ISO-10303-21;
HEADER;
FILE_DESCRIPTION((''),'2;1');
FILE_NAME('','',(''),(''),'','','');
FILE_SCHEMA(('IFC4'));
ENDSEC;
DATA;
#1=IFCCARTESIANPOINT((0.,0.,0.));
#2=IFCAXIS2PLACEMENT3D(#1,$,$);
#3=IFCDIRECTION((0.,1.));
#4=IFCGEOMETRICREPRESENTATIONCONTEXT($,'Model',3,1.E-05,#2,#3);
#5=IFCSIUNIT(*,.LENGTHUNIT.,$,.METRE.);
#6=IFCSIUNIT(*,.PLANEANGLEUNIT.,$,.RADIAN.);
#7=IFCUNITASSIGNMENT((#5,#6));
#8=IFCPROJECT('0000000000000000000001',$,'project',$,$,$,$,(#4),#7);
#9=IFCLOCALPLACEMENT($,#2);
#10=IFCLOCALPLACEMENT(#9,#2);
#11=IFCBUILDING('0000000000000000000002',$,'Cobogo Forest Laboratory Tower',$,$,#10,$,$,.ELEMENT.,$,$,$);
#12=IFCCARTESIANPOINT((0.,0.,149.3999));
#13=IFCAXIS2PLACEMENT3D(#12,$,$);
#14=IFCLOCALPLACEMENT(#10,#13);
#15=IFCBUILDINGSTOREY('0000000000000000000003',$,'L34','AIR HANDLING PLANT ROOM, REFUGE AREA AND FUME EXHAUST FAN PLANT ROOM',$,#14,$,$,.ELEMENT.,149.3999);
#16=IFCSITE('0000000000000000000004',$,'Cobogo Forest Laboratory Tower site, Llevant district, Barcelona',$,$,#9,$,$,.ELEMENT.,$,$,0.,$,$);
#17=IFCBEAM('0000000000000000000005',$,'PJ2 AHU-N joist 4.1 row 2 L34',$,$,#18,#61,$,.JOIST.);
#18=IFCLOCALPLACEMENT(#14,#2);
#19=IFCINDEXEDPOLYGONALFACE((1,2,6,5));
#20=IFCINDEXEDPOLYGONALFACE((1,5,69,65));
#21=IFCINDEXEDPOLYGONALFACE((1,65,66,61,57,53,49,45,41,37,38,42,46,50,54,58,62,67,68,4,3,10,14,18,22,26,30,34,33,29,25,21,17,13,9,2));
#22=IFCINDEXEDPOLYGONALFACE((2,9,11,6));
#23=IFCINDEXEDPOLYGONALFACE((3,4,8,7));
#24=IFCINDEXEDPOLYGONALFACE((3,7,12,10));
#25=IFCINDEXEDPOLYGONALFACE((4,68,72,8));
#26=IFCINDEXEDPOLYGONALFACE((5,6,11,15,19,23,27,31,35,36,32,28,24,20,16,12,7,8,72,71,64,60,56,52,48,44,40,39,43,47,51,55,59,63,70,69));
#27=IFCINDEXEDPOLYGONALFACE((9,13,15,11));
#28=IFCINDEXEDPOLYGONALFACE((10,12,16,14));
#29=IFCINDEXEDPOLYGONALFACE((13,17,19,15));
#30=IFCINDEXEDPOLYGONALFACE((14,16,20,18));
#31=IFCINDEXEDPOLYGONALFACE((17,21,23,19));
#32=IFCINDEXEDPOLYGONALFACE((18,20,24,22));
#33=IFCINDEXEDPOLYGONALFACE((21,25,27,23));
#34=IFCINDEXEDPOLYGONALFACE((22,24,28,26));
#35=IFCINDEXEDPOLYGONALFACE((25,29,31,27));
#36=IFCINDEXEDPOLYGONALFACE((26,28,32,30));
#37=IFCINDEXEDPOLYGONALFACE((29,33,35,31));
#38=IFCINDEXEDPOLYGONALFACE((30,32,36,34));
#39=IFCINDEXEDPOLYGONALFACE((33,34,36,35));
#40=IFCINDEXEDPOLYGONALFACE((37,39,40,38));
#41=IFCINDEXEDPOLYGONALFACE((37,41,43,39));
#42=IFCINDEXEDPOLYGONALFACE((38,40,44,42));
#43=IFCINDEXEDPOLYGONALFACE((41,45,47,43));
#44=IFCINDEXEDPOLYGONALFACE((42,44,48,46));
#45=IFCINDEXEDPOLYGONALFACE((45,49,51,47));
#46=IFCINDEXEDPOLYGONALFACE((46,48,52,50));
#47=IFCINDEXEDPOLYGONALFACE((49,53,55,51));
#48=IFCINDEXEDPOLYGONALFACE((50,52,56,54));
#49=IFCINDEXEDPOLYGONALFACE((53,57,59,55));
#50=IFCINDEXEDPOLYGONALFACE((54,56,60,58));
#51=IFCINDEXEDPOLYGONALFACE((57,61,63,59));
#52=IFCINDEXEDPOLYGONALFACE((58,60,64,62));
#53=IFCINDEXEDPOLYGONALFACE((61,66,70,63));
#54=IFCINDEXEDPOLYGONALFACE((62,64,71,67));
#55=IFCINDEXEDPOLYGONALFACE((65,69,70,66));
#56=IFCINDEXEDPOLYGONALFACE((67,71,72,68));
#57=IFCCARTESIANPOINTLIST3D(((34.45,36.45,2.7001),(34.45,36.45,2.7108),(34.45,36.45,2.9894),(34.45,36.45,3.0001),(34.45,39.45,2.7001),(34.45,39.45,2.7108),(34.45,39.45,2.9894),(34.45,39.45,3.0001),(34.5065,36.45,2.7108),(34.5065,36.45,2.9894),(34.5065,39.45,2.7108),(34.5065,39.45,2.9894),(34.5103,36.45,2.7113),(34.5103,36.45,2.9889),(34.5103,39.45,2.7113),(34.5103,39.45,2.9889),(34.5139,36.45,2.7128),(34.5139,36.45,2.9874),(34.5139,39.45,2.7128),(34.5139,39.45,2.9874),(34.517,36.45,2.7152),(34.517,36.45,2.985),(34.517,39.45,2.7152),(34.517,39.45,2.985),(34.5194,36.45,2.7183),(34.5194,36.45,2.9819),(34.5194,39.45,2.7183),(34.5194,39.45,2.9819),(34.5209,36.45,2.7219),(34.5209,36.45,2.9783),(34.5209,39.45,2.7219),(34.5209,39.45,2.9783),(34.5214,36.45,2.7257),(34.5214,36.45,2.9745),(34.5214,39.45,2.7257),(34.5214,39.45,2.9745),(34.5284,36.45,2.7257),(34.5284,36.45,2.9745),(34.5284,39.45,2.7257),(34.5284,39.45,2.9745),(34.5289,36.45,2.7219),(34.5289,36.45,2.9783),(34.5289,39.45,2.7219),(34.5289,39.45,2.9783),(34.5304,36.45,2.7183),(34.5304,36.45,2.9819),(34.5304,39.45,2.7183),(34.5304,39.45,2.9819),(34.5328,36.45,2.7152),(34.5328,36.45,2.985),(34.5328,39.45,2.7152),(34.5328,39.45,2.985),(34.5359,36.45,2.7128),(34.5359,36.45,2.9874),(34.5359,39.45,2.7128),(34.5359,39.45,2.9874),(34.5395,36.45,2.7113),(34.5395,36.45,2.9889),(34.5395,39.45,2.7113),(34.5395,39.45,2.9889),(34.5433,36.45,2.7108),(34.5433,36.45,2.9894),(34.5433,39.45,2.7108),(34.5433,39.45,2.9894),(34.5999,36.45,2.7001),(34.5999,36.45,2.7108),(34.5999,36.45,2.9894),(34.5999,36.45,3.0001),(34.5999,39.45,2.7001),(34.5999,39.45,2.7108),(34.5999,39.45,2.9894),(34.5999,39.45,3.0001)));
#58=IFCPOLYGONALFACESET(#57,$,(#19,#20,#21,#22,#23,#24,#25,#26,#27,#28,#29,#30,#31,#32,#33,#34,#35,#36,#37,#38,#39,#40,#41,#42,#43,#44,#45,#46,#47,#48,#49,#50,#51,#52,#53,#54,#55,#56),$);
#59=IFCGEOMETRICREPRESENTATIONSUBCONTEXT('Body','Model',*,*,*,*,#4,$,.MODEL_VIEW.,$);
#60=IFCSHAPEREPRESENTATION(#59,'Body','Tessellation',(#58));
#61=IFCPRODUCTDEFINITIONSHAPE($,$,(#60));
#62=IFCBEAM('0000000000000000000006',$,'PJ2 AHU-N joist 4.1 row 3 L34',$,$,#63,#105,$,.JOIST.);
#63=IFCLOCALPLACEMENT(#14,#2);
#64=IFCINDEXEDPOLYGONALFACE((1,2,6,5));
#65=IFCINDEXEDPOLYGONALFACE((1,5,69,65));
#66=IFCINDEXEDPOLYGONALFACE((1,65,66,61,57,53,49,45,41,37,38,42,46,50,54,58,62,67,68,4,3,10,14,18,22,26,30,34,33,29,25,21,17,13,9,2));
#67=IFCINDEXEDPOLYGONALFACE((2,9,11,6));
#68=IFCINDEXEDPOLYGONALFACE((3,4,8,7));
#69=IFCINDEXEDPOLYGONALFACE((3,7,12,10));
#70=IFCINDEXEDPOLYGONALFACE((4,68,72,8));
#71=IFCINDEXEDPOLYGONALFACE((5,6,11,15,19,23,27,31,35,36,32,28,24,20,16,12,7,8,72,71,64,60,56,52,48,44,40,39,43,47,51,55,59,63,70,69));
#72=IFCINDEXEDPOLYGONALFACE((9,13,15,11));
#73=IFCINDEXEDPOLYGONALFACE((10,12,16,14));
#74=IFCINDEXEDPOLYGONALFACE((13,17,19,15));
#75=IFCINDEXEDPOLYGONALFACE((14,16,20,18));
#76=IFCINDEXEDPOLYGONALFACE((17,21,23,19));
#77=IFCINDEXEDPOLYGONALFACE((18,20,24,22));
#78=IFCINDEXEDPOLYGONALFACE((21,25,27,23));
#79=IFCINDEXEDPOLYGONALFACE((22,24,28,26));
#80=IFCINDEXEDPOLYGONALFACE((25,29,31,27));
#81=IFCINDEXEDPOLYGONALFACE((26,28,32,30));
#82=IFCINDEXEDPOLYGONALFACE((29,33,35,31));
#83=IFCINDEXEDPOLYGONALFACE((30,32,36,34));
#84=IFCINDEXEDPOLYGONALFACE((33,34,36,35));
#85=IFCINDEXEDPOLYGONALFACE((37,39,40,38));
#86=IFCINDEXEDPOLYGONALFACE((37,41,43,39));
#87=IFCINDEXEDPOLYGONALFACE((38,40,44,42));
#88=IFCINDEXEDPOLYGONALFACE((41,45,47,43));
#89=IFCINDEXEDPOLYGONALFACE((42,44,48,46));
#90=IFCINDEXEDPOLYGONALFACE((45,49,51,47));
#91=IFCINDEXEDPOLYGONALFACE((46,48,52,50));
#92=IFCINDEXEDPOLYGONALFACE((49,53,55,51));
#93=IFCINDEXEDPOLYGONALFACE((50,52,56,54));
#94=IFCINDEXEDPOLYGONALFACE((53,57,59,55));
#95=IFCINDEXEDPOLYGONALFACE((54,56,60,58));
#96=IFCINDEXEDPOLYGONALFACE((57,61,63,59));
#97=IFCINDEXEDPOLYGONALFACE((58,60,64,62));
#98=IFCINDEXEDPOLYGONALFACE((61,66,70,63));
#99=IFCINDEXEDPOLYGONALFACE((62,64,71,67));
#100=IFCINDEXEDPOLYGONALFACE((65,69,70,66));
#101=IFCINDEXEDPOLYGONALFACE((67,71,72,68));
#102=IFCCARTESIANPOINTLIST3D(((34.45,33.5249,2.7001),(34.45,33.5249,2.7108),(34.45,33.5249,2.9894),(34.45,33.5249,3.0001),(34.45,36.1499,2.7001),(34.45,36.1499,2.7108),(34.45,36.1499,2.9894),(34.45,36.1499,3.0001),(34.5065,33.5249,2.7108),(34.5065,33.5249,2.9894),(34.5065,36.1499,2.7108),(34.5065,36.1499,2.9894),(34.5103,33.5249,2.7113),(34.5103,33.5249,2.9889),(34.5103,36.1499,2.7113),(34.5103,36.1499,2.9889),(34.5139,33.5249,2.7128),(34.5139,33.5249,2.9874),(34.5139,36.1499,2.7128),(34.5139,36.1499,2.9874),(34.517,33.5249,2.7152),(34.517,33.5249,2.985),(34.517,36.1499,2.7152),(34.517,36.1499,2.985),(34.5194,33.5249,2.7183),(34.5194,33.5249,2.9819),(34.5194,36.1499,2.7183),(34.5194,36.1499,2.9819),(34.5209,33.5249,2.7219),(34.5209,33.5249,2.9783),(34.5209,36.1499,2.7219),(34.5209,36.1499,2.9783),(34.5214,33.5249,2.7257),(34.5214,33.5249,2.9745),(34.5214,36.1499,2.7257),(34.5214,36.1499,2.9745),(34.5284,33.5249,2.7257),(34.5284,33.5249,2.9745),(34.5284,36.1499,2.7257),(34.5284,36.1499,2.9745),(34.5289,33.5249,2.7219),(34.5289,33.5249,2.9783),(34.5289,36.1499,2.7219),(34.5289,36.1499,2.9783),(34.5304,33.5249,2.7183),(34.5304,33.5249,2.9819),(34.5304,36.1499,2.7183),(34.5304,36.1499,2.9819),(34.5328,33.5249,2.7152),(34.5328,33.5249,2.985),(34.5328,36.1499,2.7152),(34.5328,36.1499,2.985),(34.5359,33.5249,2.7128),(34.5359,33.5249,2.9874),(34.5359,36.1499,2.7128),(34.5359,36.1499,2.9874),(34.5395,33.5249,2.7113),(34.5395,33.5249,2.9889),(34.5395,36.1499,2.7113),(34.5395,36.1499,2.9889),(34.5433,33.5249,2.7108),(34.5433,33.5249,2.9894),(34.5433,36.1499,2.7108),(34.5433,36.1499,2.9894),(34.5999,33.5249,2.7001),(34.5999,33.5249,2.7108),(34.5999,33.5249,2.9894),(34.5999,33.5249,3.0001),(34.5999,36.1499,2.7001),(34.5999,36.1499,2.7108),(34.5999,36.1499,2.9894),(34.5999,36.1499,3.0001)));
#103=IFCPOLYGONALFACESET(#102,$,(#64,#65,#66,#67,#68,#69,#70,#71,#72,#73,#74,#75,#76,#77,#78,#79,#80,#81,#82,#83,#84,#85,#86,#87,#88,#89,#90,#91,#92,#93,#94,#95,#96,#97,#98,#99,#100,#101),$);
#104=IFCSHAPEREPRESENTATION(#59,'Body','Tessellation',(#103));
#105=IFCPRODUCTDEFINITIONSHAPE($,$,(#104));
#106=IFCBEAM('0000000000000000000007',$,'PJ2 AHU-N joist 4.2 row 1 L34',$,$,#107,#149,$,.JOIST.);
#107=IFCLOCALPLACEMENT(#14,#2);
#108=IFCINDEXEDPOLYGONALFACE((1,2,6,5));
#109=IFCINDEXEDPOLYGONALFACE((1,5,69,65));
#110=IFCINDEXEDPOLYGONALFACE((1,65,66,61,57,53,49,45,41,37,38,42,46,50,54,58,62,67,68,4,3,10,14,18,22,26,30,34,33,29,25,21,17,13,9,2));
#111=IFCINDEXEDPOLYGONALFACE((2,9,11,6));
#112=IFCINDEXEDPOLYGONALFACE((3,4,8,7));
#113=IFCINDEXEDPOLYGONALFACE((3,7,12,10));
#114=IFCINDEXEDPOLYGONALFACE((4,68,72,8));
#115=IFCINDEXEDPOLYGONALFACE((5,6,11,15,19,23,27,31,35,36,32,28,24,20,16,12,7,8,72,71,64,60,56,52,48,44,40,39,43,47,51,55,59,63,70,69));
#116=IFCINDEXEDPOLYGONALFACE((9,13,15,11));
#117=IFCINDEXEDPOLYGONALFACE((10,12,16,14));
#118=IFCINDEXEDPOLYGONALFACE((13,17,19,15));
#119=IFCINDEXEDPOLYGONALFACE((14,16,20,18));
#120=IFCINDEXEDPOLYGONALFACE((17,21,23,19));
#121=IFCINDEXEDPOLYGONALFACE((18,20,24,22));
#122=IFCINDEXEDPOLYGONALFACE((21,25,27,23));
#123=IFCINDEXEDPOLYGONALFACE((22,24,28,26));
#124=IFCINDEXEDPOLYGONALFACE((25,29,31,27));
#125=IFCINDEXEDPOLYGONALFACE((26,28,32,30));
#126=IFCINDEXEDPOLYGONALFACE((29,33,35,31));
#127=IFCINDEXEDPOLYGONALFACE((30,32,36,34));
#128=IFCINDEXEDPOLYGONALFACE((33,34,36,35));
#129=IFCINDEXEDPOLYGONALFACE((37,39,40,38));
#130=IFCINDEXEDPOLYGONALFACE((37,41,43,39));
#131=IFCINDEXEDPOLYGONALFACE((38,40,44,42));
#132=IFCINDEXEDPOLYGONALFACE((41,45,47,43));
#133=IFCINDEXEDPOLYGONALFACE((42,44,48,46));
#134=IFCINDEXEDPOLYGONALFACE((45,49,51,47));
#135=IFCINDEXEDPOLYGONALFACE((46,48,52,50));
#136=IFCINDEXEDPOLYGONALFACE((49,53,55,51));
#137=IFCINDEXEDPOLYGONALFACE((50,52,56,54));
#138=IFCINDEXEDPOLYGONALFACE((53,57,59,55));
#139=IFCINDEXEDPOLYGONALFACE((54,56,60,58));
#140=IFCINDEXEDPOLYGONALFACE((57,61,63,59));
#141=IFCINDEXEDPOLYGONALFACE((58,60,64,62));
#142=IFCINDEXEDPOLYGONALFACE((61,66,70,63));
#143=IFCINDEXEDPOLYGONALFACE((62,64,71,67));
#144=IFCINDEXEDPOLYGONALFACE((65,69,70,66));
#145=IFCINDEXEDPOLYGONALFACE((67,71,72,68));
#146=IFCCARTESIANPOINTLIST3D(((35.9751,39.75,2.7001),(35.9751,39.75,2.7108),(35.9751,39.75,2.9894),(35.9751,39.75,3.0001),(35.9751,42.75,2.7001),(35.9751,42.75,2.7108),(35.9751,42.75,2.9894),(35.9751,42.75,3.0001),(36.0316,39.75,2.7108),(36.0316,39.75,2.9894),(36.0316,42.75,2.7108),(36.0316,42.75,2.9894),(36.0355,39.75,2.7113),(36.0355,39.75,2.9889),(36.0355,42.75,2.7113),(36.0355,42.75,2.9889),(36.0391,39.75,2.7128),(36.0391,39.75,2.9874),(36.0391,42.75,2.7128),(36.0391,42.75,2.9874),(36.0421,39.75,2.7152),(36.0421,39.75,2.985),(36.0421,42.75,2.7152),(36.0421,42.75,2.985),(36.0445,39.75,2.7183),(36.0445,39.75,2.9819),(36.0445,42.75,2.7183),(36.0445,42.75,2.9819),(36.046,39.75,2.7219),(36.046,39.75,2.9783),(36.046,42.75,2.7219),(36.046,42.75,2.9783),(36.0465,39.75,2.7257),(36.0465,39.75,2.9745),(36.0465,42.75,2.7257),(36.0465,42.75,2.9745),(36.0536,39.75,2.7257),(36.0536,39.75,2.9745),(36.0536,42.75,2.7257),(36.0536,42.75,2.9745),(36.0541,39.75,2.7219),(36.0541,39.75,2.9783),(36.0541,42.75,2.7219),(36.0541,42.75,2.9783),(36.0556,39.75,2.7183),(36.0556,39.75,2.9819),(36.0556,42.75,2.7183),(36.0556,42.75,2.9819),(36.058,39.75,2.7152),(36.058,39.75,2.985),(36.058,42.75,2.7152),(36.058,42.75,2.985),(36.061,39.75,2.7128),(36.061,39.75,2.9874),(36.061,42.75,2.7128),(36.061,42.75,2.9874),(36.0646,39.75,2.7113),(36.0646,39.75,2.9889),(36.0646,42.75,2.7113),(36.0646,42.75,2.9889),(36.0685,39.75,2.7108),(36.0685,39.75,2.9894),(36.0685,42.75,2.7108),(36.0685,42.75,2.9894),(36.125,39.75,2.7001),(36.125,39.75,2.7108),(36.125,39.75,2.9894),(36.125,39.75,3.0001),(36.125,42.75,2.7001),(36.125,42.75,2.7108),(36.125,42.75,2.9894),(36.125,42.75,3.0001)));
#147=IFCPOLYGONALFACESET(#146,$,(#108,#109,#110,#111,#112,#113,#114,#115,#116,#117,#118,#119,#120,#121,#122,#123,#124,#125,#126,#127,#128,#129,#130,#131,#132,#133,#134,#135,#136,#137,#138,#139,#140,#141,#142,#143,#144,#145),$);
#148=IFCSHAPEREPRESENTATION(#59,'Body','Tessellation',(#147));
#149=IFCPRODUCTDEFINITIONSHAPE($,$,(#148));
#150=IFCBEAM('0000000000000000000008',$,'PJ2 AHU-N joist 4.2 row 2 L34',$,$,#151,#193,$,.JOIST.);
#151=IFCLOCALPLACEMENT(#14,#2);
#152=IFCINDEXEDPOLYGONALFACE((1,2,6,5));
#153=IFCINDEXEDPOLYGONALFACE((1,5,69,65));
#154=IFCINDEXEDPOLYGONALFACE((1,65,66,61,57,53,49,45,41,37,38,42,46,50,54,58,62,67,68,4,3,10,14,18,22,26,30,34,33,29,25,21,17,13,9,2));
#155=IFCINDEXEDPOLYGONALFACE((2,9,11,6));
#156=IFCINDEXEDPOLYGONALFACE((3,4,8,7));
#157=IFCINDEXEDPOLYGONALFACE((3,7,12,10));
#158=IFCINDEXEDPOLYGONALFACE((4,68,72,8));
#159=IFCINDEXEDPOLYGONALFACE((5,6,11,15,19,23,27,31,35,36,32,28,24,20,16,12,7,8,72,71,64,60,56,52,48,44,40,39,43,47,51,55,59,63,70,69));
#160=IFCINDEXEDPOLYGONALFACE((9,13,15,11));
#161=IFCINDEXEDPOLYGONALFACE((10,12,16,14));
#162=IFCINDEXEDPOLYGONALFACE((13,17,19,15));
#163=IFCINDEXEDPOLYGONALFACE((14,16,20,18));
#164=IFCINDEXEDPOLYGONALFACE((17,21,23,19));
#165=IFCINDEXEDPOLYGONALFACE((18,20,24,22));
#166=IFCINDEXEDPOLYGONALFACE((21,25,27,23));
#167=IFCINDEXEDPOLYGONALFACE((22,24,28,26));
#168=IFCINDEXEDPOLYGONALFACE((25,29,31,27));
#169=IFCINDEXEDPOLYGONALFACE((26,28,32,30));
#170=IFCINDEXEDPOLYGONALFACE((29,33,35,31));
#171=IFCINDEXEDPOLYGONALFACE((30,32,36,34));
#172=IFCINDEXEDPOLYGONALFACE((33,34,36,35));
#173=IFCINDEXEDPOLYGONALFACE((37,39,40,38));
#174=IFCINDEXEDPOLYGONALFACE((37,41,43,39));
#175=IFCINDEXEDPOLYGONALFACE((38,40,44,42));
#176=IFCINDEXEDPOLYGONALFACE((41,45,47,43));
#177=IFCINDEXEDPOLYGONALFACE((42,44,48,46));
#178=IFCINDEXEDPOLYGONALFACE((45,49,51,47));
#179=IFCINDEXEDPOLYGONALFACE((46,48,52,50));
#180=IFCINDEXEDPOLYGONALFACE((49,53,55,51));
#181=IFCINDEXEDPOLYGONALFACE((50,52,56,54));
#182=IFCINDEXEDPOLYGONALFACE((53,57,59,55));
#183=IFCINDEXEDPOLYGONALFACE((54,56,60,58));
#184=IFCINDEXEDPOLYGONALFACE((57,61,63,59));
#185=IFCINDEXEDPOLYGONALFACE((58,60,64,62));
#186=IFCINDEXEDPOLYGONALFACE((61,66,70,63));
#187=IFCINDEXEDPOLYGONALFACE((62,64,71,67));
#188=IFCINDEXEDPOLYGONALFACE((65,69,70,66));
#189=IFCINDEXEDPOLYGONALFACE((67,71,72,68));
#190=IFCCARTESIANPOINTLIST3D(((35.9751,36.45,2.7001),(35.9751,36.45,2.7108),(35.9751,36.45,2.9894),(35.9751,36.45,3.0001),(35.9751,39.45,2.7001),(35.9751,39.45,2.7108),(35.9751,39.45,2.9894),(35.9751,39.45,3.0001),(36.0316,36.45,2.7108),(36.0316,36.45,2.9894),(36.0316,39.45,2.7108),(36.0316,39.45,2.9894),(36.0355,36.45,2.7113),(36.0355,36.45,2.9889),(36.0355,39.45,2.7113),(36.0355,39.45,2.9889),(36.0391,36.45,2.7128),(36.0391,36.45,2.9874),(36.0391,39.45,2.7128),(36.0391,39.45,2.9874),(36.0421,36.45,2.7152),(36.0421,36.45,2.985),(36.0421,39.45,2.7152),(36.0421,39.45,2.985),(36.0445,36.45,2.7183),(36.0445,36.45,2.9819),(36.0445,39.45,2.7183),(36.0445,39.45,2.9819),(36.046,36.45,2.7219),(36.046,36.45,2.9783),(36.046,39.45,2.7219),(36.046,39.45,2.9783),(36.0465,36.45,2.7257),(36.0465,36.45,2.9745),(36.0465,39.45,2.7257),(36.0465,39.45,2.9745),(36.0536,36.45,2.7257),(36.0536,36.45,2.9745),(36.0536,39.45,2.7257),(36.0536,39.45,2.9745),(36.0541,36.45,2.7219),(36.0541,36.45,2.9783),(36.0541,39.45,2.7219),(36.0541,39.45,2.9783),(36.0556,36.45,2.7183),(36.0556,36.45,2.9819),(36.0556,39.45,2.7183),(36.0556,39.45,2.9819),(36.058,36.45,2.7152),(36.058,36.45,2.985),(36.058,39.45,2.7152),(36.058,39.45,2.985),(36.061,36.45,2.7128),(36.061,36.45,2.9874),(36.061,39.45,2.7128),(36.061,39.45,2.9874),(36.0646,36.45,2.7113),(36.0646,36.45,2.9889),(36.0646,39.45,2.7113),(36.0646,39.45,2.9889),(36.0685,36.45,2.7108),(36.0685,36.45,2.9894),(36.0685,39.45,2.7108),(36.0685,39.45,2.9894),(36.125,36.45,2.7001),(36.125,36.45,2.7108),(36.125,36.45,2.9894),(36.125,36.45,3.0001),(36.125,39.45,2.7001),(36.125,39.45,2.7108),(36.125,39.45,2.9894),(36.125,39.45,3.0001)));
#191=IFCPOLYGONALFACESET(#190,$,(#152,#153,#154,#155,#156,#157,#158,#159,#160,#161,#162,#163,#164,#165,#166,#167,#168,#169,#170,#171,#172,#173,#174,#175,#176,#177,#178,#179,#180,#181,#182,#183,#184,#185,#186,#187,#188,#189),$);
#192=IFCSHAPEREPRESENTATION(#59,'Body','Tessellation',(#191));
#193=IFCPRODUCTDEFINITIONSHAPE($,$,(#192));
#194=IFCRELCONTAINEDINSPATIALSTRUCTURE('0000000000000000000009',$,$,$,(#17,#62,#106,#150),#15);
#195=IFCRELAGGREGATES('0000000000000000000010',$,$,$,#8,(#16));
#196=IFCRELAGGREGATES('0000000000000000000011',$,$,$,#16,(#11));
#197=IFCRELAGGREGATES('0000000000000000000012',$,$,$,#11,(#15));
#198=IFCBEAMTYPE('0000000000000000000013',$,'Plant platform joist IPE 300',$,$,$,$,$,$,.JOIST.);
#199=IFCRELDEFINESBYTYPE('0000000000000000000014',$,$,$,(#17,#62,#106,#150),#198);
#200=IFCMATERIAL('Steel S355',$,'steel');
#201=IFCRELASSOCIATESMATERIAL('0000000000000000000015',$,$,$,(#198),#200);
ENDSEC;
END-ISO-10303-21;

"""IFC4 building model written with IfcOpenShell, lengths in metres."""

from ifc_helpers import new_model, si_unit, direction, frame, origin, origin_2d, place, context, subcontext, project, spatial, i_section, extrude, material, material_profile, profile_set, type_object, element, save


model = new_model("IFC4")

# Units and contexts
model_context = context("Model", 3, precision=1e-05, world=origin(), true_north=direction((0.0, 1.0)))
body_context = subcontext(model_context, "Body", "Model", "MODEL_VIEW")
ifc_project = project(units=[si_unit("LENGTHUNIT", "METRE"), si_unit("PLANEANGLEUNIT", "RADIAN")], contexts=[model_context])

# Site, building, storey
site_placement = place(None, origin())
site = spatial("IfcSite", under=ifc_project, at=site_placement, Name="Cobogo Forest Laboratory Tower site, Llevant district, Barcelona", CompositionType="ELEMENT", RefElevation=0.0)
building_placement = place(site_placement, origin())
building = spatial("IfcBuilding", under=site, at=building_placement, Name="Cobogo Forest Laboratory Tower", CompositionType="ELEMENT")
storey_placement = place(building_placement, frame((0.0, 0.0, 149.3999)))
storey = spatial("IfcBuildingStorey", under=building, at=storey_placement, Name="L34", Description="AIR HANDLING PLANT ROOM, REFUGE AREA AND FUME EXHAUST FAN PLANT ROOM", CompositionType="ELEMENT", Elevation=149.3999)

# Beams
ifc_material = material(Name="Steel S355", Category="steel")
ifc_material_profile_1 = material_profile(ifc_material, i_section(OverallWidth=0.1499, OverallDepth=0.3, WebThickness=0.0071, FlangeThickness=0.0107, FilletRadius=0.0149, at=origin_2d()), Name="IPE 300")
ifc_profile_set_1 = profile_set([ifc_material_profile_1], Name="Steel S355")
beam_type_1 = type_object("IfcBeamType", Name="Plant platform joist IPE 300", PredefinedType="JOIST", material=ifc_profile_set_1)
for number, where, z_axis, x_axis, name in (
    (1, (34.5249, 39.45, 2.8501), (0.0, -1.0, 0.0), (1.0, 0.0, 0.0), "PJ2 AHU-N joist 4.1 row 2 L34"),
):
    element("IfcBeam", number, at=place(storey_placement, frame(where, z_axis=z_axis, x_axis=x_axis)), inside=storey, type_object=beam_type_1, Name=name, PredefinedType="JOIST", context=body_context, shape_type="SweptSolid", body=[
        extrude(i_section(OverallWidth=0.1499, OverallDepth=0.3, WebThickness=0.0071, FlangeThickness=0.0107, FilletRadius=0.0149, at=origin_2d()), origin(), (0.0, 0.0, 1.0), 3.0),
    ])
beam_1_placement = place(storey_placement, frame((34.5249, 36.1499, 2.8501), z_axis=(0.0, -1.0, 0.0), x_axis=(1.0, 0.0, 0.0)))
element("IfcBeam", 2, at=beam_1_placement, inside=storey, type_object=beam_type_1, Name="PJ2 AHU-N joist 4.1 row 3 L34", PredefinedType="JOIST", context=body_context, shape_type="SweptSolid", body=[
    extrude(i_section(OverallWidth=0.1499, OverallDepth=0.3, WebThickness=0.0071, FlangeThickness=0.0107, FilletRadius=0.0149, at=origin_2d()), origin(), (0.0, 0.0, 1.0), 2.625),
])
for number, where, z_axis, x_axis, name in (
    (3, (36.05, 42.75, 2.8501), (0.0, -1.0, 0.0), (1.0, 0.0, 0.0), "PJ2 AHU-N joist 4.2 row 1 L34"),
    (4, (36.05, 39.45, 2.8501), (0.0, -1.0, 0.0), (1.0, 0.0, 0.0), "PJ2 AHU-N joist 4.2 row 2 L34"),
):
    element("IfcBeam", number, at=place(storey_placement, frame(where, z_axis=z_axis, x_axis=x_axis)), inside=storey, type_object=beam_type_1, Name=name, PredefinedType="JOIST", context=body_context, shape_type="SweptSolid", body=[
        extrude(i_section(OverallWidth=0.1499, OverallDepth=0.3, WebThickness=0.0071, FlangeThickness=0.0107, FilletRadius=0.0149, at=origin_2d()), origin(), (0.0, 0.0, 1.0), 3.0),
    ])

save(model, "model.ifc")
